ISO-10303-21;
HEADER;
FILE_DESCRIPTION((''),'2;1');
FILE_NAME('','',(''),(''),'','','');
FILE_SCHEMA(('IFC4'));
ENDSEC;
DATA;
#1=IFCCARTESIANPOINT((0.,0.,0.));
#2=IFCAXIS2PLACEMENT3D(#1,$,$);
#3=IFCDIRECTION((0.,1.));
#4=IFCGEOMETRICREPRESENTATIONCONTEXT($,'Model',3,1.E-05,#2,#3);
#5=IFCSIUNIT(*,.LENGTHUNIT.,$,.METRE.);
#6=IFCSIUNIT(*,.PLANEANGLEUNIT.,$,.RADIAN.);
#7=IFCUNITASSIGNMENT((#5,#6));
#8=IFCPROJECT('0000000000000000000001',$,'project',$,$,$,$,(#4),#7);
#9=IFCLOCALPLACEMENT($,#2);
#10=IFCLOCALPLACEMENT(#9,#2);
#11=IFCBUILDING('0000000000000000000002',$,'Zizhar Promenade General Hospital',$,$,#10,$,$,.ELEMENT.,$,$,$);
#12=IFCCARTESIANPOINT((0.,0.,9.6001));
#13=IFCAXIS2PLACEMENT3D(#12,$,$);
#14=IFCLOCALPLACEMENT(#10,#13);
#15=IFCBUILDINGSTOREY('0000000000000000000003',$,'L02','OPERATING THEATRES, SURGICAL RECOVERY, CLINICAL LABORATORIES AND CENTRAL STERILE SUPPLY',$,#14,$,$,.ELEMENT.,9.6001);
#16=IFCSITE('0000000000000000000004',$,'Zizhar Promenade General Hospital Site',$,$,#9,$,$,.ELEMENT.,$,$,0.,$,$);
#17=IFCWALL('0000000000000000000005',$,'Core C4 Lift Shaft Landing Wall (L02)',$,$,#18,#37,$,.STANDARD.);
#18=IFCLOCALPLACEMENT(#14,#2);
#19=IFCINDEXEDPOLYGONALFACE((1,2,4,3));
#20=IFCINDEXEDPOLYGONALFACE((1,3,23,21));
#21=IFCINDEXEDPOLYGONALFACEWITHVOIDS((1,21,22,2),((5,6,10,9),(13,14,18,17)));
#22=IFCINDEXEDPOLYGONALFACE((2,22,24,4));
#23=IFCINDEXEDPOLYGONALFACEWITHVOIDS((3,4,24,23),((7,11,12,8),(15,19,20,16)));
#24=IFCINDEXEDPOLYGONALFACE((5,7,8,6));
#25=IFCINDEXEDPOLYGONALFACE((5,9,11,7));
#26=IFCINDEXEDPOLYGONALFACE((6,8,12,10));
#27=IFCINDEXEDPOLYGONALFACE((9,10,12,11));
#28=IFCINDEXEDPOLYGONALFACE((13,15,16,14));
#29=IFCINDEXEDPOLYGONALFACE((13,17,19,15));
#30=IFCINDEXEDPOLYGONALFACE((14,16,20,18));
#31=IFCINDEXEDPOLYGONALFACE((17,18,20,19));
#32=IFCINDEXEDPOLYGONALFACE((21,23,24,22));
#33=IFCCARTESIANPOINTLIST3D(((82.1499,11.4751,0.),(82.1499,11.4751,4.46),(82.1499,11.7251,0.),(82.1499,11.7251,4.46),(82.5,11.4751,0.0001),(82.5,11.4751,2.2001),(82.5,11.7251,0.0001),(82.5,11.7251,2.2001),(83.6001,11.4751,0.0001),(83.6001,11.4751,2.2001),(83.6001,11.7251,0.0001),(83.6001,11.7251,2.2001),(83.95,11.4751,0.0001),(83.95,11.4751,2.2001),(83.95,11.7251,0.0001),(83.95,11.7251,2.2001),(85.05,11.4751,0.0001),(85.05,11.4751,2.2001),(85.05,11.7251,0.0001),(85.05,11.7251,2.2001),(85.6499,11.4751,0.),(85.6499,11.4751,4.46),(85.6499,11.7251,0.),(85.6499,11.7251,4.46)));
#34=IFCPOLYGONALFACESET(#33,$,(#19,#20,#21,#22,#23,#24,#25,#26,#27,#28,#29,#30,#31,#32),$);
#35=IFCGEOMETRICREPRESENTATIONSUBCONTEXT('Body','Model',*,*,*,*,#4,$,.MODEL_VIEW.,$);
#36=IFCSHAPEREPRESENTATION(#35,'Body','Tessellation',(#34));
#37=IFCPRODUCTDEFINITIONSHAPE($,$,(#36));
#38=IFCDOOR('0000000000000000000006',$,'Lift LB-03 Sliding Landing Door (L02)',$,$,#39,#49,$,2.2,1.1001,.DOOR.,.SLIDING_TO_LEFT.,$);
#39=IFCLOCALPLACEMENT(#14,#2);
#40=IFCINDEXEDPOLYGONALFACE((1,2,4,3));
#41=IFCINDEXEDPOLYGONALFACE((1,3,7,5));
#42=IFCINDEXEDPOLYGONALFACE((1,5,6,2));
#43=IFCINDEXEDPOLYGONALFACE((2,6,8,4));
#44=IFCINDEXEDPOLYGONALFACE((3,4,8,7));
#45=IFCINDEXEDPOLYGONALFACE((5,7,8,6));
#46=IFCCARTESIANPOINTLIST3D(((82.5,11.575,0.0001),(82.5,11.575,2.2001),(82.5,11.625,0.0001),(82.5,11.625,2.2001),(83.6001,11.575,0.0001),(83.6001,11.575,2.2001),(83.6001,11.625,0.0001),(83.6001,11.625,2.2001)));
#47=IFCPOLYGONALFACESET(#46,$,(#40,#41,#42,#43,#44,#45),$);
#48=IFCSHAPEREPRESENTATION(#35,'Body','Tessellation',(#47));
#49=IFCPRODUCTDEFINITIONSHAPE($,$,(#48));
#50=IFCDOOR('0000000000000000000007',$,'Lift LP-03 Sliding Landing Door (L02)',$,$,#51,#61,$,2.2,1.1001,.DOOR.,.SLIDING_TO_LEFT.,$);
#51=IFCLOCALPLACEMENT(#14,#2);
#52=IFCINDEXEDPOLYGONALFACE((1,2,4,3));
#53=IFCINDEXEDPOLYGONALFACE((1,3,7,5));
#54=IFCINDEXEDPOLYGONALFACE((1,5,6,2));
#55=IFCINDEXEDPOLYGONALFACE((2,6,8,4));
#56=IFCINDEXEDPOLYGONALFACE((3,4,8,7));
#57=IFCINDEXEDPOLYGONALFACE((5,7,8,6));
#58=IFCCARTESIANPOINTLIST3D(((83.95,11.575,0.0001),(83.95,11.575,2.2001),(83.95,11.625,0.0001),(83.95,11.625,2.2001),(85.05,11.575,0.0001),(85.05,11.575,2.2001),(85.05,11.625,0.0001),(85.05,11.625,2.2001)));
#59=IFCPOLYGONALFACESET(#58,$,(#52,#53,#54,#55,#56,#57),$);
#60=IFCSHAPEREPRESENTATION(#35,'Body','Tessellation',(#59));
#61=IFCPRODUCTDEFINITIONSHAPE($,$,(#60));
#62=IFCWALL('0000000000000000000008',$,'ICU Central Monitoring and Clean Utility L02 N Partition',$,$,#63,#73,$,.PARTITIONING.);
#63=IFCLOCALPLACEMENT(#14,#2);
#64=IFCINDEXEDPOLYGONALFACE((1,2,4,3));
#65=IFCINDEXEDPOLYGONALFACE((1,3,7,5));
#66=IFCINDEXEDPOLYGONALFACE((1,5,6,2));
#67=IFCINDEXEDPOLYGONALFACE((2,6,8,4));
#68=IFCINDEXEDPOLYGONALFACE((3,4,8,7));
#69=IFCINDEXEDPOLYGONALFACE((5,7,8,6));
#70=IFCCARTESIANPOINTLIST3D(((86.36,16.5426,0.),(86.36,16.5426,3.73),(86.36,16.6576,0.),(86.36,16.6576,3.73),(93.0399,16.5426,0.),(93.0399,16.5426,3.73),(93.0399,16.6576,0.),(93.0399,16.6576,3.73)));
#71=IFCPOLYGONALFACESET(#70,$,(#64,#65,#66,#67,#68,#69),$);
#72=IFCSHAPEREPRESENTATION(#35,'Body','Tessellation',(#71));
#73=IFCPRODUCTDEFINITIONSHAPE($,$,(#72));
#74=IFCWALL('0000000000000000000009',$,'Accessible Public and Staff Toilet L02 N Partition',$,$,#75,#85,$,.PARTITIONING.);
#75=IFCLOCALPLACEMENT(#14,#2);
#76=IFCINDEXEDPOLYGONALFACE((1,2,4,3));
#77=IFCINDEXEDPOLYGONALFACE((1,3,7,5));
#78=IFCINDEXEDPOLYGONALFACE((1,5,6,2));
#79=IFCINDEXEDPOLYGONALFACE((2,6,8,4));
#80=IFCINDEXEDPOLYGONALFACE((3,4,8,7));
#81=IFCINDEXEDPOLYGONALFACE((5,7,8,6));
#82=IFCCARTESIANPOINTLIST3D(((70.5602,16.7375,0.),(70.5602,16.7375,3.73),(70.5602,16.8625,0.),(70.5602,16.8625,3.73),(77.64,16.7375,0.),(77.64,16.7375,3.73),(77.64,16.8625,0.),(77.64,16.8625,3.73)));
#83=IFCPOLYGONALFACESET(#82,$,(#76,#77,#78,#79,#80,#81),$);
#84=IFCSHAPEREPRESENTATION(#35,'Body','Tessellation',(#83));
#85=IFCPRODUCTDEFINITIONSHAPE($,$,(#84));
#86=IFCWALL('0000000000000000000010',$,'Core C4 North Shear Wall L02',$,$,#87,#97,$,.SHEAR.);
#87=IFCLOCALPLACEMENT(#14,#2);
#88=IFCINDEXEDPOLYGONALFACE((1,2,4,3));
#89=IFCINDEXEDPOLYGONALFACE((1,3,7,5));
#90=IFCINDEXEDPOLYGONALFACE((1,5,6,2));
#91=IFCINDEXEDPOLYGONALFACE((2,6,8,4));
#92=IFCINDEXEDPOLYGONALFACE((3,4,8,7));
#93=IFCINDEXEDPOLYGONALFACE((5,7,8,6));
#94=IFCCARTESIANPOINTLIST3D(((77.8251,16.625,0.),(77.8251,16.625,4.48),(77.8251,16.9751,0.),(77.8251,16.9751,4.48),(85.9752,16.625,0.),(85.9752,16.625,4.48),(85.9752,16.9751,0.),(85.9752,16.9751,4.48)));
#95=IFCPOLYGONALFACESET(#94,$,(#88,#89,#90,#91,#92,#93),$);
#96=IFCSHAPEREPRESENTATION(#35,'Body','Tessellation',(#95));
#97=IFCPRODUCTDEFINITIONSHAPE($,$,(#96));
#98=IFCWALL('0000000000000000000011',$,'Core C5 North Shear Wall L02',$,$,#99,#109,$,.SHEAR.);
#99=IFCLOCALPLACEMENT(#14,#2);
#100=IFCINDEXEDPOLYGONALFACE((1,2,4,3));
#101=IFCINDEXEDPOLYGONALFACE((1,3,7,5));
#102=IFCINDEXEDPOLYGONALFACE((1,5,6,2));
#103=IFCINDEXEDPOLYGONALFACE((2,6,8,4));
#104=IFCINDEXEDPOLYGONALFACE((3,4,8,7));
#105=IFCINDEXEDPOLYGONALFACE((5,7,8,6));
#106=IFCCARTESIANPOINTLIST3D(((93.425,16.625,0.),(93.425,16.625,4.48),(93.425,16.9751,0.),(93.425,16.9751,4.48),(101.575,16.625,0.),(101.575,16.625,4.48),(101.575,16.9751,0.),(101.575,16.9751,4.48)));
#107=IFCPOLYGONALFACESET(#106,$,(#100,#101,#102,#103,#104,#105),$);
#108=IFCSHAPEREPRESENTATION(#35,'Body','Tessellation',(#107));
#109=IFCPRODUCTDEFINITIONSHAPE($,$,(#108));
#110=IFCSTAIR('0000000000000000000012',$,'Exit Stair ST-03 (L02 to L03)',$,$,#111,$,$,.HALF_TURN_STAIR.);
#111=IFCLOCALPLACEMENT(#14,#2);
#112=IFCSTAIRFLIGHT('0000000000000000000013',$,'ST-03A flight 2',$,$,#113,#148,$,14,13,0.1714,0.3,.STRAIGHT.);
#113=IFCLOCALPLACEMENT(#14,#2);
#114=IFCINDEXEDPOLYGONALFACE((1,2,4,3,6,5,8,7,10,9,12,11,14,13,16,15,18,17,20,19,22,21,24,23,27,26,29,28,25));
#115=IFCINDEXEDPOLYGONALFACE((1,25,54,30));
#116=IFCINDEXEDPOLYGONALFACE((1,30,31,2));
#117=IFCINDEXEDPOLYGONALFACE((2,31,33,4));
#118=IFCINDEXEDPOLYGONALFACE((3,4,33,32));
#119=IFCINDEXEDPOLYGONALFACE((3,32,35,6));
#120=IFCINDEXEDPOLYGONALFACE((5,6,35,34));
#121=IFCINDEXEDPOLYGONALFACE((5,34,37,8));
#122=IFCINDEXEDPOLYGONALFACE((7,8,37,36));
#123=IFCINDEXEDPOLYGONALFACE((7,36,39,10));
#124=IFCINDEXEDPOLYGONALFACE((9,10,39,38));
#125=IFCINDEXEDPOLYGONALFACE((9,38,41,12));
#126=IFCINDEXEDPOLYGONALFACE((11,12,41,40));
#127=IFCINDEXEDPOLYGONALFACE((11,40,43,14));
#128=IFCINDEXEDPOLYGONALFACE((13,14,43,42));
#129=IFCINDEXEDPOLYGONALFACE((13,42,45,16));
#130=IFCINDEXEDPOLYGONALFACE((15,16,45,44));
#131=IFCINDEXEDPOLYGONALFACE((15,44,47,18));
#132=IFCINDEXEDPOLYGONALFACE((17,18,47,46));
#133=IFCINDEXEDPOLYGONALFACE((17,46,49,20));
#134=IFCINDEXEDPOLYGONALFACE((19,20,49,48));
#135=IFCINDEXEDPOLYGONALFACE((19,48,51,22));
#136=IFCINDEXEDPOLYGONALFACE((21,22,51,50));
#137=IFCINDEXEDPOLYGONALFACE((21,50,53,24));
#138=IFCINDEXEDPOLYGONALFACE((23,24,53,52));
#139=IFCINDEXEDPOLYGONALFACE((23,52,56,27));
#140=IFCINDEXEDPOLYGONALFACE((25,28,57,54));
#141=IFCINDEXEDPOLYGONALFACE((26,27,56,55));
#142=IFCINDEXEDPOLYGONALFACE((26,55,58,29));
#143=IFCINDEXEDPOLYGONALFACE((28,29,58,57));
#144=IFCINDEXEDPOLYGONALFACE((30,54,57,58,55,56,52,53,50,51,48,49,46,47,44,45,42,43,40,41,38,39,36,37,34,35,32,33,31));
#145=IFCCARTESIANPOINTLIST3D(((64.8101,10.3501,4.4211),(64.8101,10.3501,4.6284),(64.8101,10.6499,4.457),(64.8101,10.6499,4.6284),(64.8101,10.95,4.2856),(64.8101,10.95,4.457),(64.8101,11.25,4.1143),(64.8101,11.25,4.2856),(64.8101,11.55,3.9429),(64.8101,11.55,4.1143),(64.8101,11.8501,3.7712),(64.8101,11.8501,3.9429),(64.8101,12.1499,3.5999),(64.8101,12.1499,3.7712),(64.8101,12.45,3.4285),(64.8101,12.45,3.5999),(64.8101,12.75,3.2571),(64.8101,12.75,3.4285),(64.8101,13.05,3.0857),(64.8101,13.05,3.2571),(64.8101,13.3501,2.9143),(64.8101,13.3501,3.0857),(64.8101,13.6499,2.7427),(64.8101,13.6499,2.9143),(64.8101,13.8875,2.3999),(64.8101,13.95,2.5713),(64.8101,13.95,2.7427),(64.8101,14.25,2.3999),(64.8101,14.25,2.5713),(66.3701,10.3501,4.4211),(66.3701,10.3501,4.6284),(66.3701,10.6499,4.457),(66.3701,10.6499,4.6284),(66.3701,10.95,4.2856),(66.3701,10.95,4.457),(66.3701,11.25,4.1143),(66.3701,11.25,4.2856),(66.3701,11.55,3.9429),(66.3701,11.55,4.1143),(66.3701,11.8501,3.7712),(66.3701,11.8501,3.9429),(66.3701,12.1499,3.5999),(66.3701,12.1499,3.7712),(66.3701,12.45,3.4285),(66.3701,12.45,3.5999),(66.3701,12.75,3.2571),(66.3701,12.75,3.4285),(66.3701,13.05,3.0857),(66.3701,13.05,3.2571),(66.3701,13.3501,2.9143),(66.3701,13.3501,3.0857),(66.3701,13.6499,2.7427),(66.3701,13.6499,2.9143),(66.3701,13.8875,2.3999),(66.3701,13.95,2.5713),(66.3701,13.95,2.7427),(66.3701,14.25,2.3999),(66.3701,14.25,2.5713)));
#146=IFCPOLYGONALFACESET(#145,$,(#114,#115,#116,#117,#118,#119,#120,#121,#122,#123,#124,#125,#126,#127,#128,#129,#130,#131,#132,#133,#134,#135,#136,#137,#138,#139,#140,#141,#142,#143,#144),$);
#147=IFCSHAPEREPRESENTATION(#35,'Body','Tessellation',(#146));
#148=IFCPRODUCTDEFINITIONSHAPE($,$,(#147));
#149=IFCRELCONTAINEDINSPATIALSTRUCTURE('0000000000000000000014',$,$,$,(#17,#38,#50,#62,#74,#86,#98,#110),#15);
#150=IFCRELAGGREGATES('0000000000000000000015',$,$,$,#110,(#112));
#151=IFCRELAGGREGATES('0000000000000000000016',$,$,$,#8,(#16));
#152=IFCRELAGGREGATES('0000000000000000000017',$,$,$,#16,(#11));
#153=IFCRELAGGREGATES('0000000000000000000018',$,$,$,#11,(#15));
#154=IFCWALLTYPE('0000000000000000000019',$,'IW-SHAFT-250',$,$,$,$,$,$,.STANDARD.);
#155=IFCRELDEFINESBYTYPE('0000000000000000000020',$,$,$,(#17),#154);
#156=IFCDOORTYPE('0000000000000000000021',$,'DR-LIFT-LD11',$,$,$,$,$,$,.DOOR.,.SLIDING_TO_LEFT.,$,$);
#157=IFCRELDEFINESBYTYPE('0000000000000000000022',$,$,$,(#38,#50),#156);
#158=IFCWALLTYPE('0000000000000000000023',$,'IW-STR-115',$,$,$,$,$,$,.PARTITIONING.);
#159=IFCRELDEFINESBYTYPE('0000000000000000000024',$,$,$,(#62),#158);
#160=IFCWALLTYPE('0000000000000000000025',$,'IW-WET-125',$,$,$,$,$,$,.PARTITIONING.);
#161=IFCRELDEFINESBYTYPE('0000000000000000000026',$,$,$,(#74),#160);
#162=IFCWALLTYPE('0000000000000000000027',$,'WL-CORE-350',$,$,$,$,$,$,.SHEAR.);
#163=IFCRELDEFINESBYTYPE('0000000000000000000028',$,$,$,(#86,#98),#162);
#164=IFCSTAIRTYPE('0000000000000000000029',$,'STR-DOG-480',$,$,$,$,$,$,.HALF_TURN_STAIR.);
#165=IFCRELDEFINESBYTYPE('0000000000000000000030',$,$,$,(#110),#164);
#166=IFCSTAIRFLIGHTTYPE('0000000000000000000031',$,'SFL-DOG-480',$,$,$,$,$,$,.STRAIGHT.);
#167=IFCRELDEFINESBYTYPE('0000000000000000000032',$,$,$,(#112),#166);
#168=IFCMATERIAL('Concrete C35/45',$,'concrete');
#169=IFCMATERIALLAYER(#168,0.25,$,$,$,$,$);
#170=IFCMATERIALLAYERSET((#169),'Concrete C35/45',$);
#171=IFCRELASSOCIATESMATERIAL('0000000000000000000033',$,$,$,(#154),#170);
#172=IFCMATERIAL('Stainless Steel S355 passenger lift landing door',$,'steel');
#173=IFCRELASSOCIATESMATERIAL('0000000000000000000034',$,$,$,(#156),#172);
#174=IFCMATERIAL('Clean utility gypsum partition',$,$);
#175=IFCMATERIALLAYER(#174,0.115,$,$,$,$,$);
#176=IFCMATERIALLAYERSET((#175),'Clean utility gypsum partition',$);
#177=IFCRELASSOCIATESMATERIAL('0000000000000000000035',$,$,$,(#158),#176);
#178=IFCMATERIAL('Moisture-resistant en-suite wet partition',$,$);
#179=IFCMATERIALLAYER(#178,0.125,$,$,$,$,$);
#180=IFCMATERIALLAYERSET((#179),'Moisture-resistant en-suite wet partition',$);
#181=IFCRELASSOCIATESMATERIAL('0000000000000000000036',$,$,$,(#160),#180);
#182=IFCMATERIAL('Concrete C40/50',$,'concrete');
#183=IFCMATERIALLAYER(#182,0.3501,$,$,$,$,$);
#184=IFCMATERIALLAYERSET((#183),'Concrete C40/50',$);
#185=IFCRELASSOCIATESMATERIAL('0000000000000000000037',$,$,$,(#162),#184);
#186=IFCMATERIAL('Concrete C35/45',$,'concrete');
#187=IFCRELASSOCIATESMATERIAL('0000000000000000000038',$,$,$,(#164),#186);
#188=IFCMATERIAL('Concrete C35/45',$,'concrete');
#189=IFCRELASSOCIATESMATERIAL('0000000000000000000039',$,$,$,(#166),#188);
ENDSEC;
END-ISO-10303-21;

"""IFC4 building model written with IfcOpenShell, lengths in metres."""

from ifc_helpers import new_model, si_unit, direction, frame, frame_2d, origin, place, context, subcontext, project, spatial, polyline, rectangle, outline, extrude, material, layer, layer_set, type_object, element, fill, aggregate, save


model = new_model("IFC4")

# Units and contexts
model_context = context("Model", 3, precision=1e-05, world=origin(), true_north=direction((0.0, 1.0)))
body_context = subcontext(model_context, "Body", "Model", "MODEL_VIEW")
ifc_project = project(units=[si_unit("LENGTHUNIT", "METRE"), si_unit("PLANEANGLEUNIT", "RADIAN")], contexts=[model_context])

# Site, building, storey
site_placement = place(None, origin())
site = spatial("IfcSite", under=ifc_project, at=site_placement, Name="Zizhar Promenade General Hospital Site", CompositionType="ELEMENT", RefElevation=0.0)
building_placement = place(site_placement, origin())
building = spatial("IfcBuilding", under=site, at=building_placement, Name="Zizhar Promenade General Hospital", CompositionType="ELEMENT")
storey_placement = place(building_placement, frame((0.0, 0.0, 9.6001)))
storey = spatial("IfcBuildingStorey", under=building, at=storey_placement, Name="L02", Description="OPERATING THEATRES, SURGICAL RECOVERY, CLINICAL LABORATORIES AND CENTRAL STERILE SUPPLY", CompositionType="ELEMENT", Elevation=9.6001)

# Wall, openings, doors
ifc_material_1 = material(Name="Concrete C35/45", Category="concrete")
ifc_layer_1 = layer(ifc_material_1, 0.25)
ifc_layer_set_1 = layer_set([ifc_layer_1], Name="Concrete C35/45")
wall_type_1 = type_object("IfcWallType", Name="IW-SHAFT-250", PredefinedType="STANDARD", material=ifc_layer_set_1)
ifc_material_2 = material(Name="Stainless Steel S355 passenger lift landing door", Category="steel")
door_type = type_object("IfcDoorType", Name="DR-LIFT-LD11", OperationType="SLIDING_TO_LEFT", PredefinedType="DOOR", material=ifc_material_2)
wall_1_placement = place(storey_placement, frame((82.1499, 11.6001, 0.0), z_axis=(0.0, 0.0, 1.0), x_axis=(1.0, 0.0, 0.0)))
wall_1 = element("IfcWall", 1, at=wall_1_placement, inside=storey, type_object=wall_type_1, Name="Core C4 Lift Shaft Landing Wall (L02)", PredefinedType="STANDARD", context=body_context, shape_type="SweptSolid", body=[
    extrude(rectangle(XDim=3.5, YDim=0.25, at=frame_2d((1.75, 0.0))), origin(), (0.0, 0.0, 1.0), 4.46),
])
opening_1_placement = place(wall_1_placement, frame((0.3501, 0.0, 0.0)))
opening_1 = element("IfcOpeningElement", 2, at=opening_1_placement, cuts=wall_1, PredefinedType="OPENING", context=body_context, shape_type="SweptSolid", body=[
    extrude(rectangle(XDim=1.1001, YDim=2.2, at=frame_2d((0.55, 1.1001))), frame((0.0, 0.135, 0.0), z_axis=(0.0, -1.0, 0.0), x_axis=(1.0, 0.0, 0.0)), (0.0, 0.0, 1.0), 0.27),
])
opening_2_placement = place(wall_1_placement, frame((1.8, 0.0, 0.0)))
opening_2 = element("IfcOpeningElement", 3, at=opening_2_placement, cuts=wall_1, PredefinedType="OPENING", context=body_context, shape_type="SweptSolid", body=[
    extrude(rectangle(XDim=1.1001, YDim=2.2, at=frame_2d((0.55, 1.1001))), frame((0.0, 0.135, 0.0), z_axis=(0.0, -1.0, 0.0), x_axis=(1.0, 0.0, 0.0)), (0.0, 0.0, 1.0), 0.27),
])
door_1_placement = place(opening_1_placement, origin())
door_1 = element("IfcDoor", 4, at=door_1_placement, inside=storey, type_object=door_type, Name="Lift LB-03 Sliding Landing Door (L02)", OperationType="SLIDING_TO_LEFT", OverallHeight=2.2, OverallWidth=1.1001, PredefinedType="DOOR", context=body_context, shape_type="SweptSolid", body=[
    extrude(rectangle(XDim=1.1001, YDim=2.2, at=frame_2d((0.55, 1.1001))), frame((0.0, 0.0249, 0.0), z_axis=(0.0, -1.0, 0.0), x_axis=(1.0, 0.0, 0.0)), (0.0, 0.0, 1.0), 0.05),
])
fill(opening_1, door_1)
door_2_placement = place(opening_2_placement, origin())
door_2 = element("IfcDoor", 5, at=door_2_placement, inside=storey, type_object=door_type, Name="Lift LP-03 Sliding Landing Door (L02)", OperationType="SLIDING_TO_LEFT", OverallHeight=2.2, OverallWidth=1.1001, PredefinedType="DOOR", context=body_context, shape_type="SweptSolid", body=[
    extrude(rectangle(XDim=1.1001, YDim=2.2, at=frame_2d((0.55, 1.1001))), frame((0.0, 0.0249, 0.0), z_axis=(0.0, -1.0, 0.0), x_axis=(1.0, 0.0, 0.0)), (0.0, 0.0, 1.0), 0.05),
])
fill(opening_2, door_2)

# Walls
ifc_material_3 = material(Name="Clean utility gypsum partition")
ifc_layer_2 = layer(ifc_material_3, 0.115)
ifc_layer_set_2 = layer_set([ifc_layer_2], Name="Clean utility gypsum partition")
wall_type_2 = type_object("IfcWallType", Name="IW-STR-115", PredefinedType="PARTITIONING", material=ifc_layer_set_2)
wall_2_placement = place(storey_placement, frame((86.3601, 16.6001, 0.0), z_axis=(0.0, 0.0, 1.0), x_axis=(1.0, 0.0, 0.0)))
element("IfcWall", 6, at=wall_2_placement, inside=storey, type_object=wall_type_2, Name="ICU Central Monitoring and Clean Utility L02 N Partition", PredefinedType="PARTITIONING", context=body_context, shape_type="SweptSolid", body=[
    extrude(rectangle(XDim=6.6799, YDim=0.115, at=frame_2d((3.3398, 0.0))), origin(), (0.0, 0.0, 1.0), 3.73),
])
ifc_material_4 = material(Name="Moisture-resistant en-suite wet partition")
ifc_layer_3 = layer(ifc_material_4, 0.125)
ifc_layer_set_3 = layer_set([ifc_layer_3], Name="Moisture-resistant en-suite wet partition")
wall_type_3 = type_object("IfcWallType", Name="IW-WET-125", PredefinedType="PARTITIONING", material=ifc_layer_set_3)
wall_3_placement = place(storey_placement, frame((70.5601, 16.8, 0.0), z_axis=(0.0, 0.0, 1.0), x_axis=(1.0, 0.0, 0.0)))
element("IfcWall", 7, at=wall_3_placement, inside=storey, type_object=wall_type_3, Name="Accessible Public and Staff Toilet L02 N Partition", PredefinedType="PARTITIONING", context=body_context, shape_type="SweptSolid", body=[
    extrude(rectangle(XDim=7.0798, YDim=0.125, at=frame_2d((3.54, 0.0))), origin(), (0.0, 0.0, 1.0), 3.73),
])
ifc_material_5 = material(Name="Concrete C40/50", Category="concrete")
ifc_layer_4 = layer(ifc_material_5, 0.3501)
ifc_layer_set_4 = layer_set([ifc_layer_4], Name="Concrete C40/50")
wall_type_4 = type_object("IfcWallType", Name="WL-CORE-350", PredefinedType="SHEAR", material=ifc_layer_set_4)
wall_4_placement = place(storey_placement, frame((77.825, 16.8, 0.0), z_axis=(0.0, 0.0, 1.0), x_axis=(1.0, 0.0, 0.0)))
element("IfcWall", 8, at=wall_4_placement, inside=storey, type_object=wall_type_4, Name="Core C4 North Shear Wall L02", PredefinedType="SHEAR", context=body_context, shape_type="SweptSolid", body=[
    extrude(rectangle(XDim=8.1501, YDim=0.3501, at=frame_2d((4.0752, 0.0))), origin(), (0.0, 0.0, 1.0), 4.48),
])
wall_5_placement = place(storey_placement, frame((93.425, 16.8, 0.0), z_axis=(0.0, 0.0, 1.0), x_axis=(1.0, 0.0, 0.0)))
element("IfcWall", 9, at=wall_5_placement, inside=storey, type_object=wall_type_4, Name="Core C5 North Shear Wall L02", PredefinedType="SHEAR", context=body_context, shape_type="SweptSolid", body=[
    extrude(rectangle(XDim=8.1499, YDim=0.3501, at=frame_2d((4.075, 0.0))), origin(), (0.0, 0.0, 1.0), 4.48),
])

# Stair, stair flight
ifc_material_6 = material(Name="Concrete C35/45", Category="concrete")
stair_type = type_object("IfcStairType", Name="STR-DOG-480", PredefinedType="HALF_TURN_STAIR", material=ifc_material_6)
stair_1_placement = place(storey_placement, origin())
stair_1 = element("IfcStair", 10, at=stair_1_placement, inside=storey, type_object=stair_type, Name="Exit Stair ST-03 (L02 to L03)", PredefinedType="HALF_TURN_STAIR")
ifc_material_7 = material(Name="Concrete C35/45", Category="concrete")
stair_flight_type = type_object("IfcStairFlightType", Name="SFL-DOG-480", PredefinedType="STRAIGHT", material=ifc_material_7)
stair_flight_1_placement = place(storey_placement, frame((65.5901, 14.25, 2.3999), z_axis=(0.0, 0.0, 1.0), x_axis=(0.0, -1.0, 0.0)))
stair_flight_1 = element("IfcStairFlight", 11, at=stair_flight_1_placement, type_object=stair_flight_type, Name="ST-03A flight 2", NumberOfRisers=14, NumberOfTreads=13, PredefinedType="STRAIGHT", RiserHeight=0.1714, TreadLength=0.3, context=body_context, shape_type="SweptSolid", body=[
    extrude(outline(polyline([(0.0, 0.0), (0.0, 0.1714), (0.3, 0.1714), (0.3, 0.3428), (0.6001, 0.3428), (0.6001, 0.5144), (0.8999, 0.5144), (0.8999, 0.6858), (1.2, 0.6858), (1.2, 0.8572), (1.5, 0.8572), (1.5, 1.0286), (1.8, 1.0286), (1.8, 1.2), (2.1001, 1.2), (2.1001, 1.3713), (2.3999, 1.3713), (2.3999, 1.543), (2.7, 1.543), (2.7, 1.7144), (3.0, 1.7144), (3.0, 1.8857), (3.3, 1.8857), (3.3, 2.0571), (3.6001, 2.0571), (3.6001, 2.2285), (3.8999, 2.2285), (3.8999, 2.3999), (3.8999, 2.0212), (0.3625, 0.0), (0.0, 0.0)])), frame((0.0, 0.78, 0.0), z_axis=(0.0, -1.0, 0.0), x_axis=(1.0, 0.0, 0.0)), (0.0, 0.0, 1.0), 1.5601),
])
aggregate(stair_1, [stair_flight_1])

save(model, "model.ifc")
